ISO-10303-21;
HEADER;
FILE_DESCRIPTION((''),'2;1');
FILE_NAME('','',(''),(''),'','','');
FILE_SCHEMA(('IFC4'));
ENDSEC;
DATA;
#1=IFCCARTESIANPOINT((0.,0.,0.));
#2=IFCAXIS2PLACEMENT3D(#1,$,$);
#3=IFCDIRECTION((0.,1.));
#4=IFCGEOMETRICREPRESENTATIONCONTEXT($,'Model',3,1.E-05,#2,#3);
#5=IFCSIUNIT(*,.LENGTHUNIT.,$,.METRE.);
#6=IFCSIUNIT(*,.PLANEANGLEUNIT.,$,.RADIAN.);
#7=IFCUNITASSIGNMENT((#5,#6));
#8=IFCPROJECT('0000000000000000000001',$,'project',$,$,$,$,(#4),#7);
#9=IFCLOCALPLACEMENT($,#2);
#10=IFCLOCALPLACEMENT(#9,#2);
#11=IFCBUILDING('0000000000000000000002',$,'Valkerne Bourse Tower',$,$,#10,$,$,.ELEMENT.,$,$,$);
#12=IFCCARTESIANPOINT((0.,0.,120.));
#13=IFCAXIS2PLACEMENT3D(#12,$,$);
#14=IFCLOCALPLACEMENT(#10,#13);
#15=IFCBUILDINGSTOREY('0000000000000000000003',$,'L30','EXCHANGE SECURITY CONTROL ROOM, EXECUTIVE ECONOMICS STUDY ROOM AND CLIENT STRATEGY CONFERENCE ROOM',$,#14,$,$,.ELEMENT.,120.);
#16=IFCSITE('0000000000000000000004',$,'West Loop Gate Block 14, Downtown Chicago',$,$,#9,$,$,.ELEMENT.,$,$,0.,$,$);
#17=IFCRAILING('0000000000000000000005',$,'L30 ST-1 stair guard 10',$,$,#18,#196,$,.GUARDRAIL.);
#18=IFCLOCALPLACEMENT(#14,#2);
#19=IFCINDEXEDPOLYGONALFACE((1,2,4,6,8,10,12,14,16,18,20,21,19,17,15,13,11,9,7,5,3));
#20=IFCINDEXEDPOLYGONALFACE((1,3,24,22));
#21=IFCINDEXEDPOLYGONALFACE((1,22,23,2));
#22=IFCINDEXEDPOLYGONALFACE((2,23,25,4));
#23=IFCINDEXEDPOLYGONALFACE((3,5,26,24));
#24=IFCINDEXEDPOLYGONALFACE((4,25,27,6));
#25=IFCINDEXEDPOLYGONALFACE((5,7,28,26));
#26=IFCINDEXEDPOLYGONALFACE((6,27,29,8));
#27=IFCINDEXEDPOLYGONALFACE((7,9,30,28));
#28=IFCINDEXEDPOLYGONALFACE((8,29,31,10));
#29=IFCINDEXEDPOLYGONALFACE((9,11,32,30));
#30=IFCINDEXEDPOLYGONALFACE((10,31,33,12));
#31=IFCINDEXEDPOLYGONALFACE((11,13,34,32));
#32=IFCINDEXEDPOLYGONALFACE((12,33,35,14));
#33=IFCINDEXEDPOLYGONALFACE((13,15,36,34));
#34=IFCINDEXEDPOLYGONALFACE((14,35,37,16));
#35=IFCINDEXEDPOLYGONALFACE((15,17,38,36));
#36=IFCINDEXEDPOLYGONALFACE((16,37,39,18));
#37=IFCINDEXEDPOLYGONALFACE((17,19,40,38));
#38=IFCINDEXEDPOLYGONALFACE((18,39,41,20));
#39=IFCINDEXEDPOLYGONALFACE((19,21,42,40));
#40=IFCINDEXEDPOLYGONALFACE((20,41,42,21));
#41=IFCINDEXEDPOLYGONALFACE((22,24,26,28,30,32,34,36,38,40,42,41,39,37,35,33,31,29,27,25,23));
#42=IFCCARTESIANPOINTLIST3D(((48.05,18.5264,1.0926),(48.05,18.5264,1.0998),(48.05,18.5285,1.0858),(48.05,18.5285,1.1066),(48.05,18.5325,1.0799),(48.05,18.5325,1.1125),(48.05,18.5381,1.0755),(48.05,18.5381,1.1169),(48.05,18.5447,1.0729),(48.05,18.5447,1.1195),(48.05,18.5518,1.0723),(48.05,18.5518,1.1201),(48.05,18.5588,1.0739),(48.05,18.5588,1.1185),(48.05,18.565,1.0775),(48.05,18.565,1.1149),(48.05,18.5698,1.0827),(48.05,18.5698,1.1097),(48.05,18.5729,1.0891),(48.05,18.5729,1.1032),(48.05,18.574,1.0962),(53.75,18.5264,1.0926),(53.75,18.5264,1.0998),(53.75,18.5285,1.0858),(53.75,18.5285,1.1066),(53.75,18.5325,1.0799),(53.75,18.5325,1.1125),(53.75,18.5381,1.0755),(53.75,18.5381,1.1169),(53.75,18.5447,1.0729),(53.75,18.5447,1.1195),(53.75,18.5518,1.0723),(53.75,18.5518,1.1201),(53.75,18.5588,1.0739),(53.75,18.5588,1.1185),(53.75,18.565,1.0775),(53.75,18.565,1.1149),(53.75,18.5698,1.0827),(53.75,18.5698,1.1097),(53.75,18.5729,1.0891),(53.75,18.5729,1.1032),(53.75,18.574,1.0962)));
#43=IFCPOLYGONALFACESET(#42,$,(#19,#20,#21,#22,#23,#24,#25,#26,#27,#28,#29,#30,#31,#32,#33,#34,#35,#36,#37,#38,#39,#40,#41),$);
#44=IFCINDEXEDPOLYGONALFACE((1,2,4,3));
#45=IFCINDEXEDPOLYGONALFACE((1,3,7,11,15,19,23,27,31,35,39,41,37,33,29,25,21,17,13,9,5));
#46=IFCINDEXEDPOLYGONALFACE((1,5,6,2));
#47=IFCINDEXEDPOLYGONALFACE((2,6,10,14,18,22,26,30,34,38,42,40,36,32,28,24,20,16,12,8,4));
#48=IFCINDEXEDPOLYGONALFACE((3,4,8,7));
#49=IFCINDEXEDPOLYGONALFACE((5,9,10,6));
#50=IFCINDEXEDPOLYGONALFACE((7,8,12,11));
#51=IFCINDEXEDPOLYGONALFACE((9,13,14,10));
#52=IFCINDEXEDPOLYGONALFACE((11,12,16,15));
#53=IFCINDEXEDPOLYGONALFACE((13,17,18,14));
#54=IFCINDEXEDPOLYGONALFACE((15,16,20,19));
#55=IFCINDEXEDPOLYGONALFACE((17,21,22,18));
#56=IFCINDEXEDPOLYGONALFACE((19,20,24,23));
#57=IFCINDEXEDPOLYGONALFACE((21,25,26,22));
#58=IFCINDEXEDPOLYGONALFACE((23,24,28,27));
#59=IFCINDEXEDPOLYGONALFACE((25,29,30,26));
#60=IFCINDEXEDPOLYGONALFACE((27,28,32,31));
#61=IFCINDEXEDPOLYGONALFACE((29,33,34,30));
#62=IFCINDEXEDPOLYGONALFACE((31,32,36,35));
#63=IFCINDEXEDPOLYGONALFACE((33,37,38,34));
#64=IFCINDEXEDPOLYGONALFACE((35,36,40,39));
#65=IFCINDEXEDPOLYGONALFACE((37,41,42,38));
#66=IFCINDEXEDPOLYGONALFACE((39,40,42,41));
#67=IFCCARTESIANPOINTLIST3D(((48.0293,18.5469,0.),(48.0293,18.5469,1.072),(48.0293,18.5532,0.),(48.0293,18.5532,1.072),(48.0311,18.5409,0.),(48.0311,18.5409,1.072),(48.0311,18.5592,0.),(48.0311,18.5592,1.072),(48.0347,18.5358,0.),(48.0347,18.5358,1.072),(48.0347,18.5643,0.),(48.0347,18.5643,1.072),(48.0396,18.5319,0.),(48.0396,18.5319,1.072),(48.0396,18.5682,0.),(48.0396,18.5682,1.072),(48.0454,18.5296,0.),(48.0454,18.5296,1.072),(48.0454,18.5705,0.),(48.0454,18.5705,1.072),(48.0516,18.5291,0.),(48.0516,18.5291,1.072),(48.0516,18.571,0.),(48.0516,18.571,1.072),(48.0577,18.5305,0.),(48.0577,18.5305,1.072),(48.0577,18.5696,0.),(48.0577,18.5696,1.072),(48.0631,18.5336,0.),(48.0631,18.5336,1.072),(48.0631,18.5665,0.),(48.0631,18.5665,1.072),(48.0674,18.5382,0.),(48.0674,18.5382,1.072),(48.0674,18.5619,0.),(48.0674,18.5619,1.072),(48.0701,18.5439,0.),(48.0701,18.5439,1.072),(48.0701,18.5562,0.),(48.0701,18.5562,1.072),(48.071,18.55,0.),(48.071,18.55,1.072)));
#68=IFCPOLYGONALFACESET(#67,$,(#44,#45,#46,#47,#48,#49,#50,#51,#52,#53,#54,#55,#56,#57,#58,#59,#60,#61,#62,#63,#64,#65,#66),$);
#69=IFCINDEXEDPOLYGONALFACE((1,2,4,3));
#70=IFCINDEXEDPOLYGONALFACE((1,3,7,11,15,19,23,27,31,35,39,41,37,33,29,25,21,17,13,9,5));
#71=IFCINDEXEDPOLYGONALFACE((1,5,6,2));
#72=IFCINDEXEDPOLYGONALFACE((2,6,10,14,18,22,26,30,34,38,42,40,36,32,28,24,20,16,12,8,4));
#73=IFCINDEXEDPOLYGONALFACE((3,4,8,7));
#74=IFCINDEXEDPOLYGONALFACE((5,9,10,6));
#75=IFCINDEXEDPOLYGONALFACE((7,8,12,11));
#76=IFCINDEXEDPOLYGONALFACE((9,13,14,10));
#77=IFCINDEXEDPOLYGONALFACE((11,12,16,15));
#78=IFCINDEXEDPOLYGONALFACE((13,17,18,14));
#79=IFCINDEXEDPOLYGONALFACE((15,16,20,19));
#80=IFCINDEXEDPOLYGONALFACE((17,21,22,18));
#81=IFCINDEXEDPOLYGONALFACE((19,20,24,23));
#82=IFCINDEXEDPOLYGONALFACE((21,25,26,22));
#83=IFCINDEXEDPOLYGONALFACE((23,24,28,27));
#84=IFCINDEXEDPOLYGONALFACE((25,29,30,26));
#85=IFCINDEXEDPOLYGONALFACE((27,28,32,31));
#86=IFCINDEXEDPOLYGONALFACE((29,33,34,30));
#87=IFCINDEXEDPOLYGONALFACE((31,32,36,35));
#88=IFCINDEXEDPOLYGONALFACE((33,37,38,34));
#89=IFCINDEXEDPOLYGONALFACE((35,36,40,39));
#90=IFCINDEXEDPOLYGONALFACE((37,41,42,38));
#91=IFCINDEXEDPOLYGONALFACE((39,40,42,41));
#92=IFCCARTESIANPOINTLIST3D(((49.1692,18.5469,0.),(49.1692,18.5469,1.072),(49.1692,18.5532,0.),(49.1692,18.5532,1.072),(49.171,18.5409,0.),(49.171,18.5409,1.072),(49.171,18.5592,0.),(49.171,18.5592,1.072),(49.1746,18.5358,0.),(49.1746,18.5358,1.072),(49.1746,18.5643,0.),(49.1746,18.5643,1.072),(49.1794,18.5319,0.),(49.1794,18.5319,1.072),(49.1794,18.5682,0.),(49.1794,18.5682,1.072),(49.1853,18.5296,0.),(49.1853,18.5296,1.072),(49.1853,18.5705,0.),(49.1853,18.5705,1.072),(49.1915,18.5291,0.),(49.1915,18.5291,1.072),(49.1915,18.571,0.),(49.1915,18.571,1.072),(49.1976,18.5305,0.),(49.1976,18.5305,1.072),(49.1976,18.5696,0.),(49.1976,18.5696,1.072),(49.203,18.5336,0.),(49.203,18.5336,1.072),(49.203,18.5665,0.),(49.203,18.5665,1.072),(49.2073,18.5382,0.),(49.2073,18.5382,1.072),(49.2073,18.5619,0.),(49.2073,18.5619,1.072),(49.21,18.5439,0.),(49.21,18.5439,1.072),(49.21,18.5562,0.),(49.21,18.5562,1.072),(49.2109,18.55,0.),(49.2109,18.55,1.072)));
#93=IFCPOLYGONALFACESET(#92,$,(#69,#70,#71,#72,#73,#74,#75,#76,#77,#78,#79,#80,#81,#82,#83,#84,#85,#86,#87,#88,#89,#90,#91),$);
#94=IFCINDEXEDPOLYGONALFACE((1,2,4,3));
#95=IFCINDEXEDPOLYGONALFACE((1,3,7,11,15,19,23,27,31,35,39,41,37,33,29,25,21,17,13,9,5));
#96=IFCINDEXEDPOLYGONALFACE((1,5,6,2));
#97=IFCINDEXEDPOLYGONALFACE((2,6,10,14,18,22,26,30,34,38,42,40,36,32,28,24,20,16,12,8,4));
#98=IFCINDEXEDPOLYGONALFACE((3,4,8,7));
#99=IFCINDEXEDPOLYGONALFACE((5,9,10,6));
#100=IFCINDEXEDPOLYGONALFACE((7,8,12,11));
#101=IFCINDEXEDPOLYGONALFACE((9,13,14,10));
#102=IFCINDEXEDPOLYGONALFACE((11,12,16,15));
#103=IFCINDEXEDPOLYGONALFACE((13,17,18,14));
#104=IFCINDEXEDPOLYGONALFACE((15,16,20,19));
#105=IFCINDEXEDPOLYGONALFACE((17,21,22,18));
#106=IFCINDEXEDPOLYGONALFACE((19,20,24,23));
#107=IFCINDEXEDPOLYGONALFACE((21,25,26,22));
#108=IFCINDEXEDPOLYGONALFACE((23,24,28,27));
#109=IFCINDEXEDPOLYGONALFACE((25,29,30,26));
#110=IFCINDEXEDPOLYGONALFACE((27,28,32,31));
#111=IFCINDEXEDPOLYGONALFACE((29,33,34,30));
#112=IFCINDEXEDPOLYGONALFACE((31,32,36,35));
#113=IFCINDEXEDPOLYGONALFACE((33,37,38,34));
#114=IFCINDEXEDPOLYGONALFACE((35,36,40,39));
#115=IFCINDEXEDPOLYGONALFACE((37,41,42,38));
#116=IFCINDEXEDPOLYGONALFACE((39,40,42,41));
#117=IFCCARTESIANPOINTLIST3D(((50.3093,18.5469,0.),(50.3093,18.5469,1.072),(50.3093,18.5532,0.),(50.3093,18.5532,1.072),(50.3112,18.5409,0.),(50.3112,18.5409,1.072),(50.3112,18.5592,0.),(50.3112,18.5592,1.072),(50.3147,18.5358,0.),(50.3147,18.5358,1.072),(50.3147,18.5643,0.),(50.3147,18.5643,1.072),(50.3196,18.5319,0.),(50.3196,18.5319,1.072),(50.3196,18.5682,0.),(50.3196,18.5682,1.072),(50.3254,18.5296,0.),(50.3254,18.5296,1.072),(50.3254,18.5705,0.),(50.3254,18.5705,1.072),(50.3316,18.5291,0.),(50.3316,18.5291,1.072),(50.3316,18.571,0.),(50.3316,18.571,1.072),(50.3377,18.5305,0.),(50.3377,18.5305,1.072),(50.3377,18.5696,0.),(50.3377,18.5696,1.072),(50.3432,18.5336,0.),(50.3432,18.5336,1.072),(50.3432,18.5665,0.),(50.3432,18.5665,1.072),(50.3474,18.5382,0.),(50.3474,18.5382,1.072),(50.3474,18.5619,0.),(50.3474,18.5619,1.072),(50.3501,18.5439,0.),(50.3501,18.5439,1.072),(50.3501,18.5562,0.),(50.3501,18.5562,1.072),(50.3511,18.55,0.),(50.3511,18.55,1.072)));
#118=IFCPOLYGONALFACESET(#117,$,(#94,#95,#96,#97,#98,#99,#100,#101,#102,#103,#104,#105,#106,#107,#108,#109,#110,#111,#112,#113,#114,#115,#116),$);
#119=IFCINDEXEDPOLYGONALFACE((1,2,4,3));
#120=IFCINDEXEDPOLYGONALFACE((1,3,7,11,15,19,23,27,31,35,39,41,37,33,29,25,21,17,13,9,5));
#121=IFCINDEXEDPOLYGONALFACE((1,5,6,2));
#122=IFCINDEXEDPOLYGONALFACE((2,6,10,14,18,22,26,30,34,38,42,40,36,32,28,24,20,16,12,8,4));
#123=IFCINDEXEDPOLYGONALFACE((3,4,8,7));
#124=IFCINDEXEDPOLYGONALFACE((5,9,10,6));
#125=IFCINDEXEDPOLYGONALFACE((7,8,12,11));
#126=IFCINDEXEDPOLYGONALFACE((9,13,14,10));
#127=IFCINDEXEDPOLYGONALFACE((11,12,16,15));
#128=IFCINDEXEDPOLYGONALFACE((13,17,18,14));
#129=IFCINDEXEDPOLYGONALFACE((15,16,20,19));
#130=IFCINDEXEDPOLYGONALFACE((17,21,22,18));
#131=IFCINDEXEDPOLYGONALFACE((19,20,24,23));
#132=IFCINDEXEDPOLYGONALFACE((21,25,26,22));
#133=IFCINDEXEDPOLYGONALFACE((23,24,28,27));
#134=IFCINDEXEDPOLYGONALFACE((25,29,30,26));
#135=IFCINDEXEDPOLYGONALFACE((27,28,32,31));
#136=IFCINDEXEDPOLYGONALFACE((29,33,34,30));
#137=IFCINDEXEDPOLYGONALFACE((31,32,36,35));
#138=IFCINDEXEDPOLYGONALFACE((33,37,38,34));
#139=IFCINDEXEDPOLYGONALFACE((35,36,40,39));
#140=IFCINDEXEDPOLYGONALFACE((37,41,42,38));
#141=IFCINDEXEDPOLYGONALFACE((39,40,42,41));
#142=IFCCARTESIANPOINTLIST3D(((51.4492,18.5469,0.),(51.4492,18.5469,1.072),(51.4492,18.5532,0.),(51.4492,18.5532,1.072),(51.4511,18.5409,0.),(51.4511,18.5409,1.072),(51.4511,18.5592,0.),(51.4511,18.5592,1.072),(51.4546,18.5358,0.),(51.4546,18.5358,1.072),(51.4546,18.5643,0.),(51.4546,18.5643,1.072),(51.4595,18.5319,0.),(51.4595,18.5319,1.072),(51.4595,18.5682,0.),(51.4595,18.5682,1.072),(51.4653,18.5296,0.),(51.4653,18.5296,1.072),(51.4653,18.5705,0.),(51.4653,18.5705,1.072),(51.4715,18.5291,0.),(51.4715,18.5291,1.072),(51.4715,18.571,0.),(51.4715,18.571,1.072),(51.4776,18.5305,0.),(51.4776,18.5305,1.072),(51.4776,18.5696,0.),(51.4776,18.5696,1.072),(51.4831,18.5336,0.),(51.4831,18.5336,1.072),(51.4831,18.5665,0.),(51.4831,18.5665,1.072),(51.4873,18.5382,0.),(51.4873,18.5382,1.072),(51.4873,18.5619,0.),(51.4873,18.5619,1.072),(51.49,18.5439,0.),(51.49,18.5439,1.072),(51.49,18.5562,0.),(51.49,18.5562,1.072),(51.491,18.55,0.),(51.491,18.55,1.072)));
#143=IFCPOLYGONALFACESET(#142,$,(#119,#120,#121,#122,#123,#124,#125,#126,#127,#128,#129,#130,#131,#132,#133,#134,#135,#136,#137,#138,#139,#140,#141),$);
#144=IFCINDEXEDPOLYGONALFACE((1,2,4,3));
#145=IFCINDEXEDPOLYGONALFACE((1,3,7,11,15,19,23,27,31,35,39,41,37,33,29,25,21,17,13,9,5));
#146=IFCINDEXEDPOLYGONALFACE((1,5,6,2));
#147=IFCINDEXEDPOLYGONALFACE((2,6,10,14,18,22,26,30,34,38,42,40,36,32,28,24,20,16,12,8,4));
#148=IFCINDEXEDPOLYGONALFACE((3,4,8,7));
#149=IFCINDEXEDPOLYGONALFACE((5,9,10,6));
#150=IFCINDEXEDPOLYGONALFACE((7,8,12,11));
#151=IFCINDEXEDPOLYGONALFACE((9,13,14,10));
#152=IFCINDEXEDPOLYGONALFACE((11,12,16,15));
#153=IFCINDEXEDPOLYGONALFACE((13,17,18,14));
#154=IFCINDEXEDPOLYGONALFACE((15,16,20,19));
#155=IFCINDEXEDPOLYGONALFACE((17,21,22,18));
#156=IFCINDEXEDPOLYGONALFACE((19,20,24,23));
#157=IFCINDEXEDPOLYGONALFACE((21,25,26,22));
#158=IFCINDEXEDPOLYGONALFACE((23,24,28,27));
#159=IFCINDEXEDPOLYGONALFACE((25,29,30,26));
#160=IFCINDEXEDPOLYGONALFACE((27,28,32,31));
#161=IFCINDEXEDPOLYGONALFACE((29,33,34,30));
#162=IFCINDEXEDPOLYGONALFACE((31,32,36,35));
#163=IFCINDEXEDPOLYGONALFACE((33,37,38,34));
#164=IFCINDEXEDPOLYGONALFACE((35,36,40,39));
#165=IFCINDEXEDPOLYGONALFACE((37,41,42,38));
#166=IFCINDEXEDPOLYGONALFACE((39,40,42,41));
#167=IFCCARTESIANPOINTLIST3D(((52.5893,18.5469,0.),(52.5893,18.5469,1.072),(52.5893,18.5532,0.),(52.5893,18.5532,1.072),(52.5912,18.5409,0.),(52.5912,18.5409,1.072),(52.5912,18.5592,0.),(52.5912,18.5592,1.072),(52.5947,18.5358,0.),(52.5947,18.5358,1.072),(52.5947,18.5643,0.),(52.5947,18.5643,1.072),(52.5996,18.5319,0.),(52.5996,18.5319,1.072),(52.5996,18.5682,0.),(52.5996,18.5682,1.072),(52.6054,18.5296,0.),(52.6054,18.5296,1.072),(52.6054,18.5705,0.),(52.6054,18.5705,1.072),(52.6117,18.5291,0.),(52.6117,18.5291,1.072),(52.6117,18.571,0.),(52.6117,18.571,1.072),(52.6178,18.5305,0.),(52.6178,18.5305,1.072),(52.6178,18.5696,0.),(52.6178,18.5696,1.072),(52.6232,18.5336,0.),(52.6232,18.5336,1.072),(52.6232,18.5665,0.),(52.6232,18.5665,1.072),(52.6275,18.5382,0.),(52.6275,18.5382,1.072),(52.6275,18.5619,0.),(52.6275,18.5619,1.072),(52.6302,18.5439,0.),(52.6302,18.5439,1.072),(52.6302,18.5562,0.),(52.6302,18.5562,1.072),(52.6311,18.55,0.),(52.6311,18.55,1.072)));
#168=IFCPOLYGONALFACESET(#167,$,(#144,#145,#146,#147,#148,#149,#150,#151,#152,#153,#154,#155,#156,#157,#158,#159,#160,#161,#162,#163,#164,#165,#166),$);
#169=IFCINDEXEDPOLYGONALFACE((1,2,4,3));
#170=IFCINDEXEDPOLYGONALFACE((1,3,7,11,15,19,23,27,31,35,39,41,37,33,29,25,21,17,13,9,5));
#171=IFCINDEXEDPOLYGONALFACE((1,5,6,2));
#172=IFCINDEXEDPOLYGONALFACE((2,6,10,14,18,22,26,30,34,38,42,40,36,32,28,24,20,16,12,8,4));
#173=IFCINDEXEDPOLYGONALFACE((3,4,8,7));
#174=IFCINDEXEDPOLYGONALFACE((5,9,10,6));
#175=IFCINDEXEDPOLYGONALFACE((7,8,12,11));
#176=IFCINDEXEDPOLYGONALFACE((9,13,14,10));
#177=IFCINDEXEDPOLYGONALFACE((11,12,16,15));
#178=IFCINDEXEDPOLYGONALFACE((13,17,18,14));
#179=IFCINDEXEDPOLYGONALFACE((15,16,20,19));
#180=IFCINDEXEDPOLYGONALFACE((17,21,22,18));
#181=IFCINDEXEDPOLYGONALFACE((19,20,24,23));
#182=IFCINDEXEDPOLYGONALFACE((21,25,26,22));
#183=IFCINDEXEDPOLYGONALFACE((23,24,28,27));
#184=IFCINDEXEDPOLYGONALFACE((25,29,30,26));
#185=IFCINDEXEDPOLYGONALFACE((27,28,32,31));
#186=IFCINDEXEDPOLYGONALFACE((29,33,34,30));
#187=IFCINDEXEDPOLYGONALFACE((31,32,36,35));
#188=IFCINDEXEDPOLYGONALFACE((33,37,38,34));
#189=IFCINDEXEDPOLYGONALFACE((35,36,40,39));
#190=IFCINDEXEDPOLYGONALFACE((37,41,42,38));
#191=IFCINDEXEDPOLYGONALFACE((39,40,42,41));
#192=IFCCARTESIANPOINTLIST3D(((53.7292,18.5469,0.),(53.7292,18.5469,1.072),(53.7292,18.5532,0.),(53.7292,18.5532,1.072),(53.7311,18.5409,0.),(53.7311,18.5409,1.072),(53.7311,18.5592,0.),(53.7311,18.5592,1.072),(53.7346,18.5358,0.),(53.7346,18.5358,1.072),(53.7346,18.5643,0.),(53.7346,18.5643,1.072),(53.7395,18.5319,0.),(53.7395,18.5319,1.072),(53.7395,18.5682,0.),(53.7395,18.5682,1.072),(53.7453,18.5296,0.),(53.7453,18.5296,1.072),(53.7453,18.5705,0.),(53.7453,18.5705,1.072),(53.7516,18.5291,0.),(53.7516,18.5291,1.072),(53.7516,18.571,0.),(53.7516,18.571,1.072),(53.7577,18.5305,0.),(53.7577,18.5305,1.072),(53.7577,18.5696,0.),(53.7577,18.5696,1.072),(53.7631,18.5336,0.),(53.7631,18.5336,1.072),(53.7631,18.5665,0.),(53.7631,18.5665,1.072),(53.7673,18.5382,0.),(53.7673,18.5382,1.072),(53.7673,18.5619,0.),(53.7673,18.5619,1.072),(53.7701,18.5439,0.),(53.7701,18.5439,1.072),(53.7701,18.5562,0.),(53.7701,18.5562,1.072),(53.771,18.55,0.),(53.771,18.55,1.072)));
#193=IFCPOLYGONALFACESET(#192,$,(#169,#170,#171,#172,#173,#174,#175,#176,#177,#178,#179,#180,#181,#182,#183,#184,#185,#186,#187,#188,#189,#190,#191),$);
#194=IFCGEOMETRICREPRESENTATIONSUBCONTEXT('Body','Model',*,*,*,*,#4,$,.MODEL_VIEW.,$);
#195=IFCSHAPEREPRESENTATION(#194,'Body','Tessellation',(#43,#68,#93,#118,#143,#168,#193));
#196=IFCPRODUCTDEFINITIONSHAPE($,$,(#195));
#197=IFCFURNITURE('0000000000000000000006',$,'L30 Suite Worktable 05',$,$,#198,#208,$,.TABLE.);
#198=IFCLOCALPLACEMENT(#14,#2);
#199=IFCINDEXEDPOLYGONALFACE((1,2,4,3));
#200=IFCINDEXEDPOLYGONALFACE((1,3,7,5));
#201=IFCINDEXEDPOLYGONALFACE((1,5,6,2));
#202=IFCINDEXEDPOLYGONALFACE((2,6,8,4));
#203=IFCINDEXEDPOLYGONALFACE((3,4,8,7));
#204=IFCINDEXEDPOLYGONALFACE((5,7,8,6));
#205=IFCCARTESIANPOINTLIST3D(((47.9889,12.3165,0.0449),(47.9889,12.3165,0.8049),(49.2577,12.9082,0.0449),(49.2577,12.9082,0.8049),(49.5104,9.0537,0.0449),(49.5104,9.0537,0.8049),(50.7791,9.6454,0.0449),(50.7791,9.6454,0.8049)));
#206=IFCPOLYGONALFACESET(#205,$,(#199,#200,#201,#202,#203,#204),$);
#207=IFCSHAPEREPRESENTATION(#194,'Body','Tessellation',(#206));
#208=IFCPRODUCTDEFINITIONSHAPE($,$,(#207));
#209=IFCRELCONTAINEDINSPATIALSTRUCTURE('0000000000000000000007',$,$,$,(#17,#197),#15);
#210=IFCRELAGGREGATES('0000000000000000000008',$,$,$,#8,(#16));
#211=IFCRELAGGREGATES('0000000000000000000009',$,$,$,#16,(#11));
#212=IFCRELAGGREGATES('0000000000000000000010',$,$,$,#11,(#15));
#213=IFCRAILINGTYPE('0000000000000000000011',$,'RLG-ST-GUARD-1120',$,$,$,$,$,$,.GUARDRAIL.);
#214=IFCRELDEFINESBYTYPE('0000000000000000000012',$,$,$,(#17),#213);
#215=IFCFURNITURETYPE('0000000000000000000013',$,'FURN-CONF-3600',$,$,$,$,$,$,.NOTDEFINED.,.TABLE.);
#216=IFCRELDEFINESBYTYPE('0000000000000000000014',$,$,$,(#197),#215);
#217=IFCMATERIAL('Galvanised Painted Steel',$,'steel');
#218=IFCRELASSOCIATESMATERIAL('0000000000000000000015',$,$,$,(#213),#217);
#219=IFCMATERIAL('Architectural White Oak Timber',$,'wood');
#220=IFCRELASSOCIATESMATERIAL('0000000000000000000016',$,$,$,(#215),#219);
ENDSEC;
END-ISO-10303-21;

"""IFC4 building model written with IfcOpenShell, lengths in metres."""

from ifc_helpers import new_model, si_unit, direction, frame, origin, origin_2d, place, context, subcontext, project, spatial, rectangle, circle, extrude, material, type_object, element, save


model = new_model("IFC4")

# Units and contexts
model_context = context("Model", 3, precision=1e-05, world=origin(), true_north=direction((0.0, 1.0)))
body_context = subcontext(model_context, "Body", "Model", "MODEL_VIEW")
ifc_project = project(units=[si_unit("LENGTHUNIT", "METRE"), si_unit("PLANEANGLEUNIT", "RADIAN")], contexts=[model_context])

# Site, building, storey
site_placement = place(None, origin())
site = spatial("IfcSite", under=ifc_project, at=site_placement, Name="West Loop Gate Block 14, Downtown Chicago", CompositionType="ELEMENT", RefElevation=0.0)
building_placement = place(site_placement, origin())
building = spatial("IfcBuilding", under=site, at=building_placement, Name="Valkerne Bourse Tower", CompositionType="ELEMENT")
storey_placement = place(building_placement, frame((0.0, 0.0, 120.0)))
storey = spatial("IfcBuildingStorey", under=building, at=storey_placement, Name="L30", Description="EXCHANGE SECURITY CONTROL ROOM, EXECUTIVE ECONOMICS STUDY ROOM AND CLIENT STRATEGY CONFERENCE ROOM", CompositionType="ELEMENT", Elevation=120.0)

# Railing
ifc_material_1 = material(Name="Galvanised Painted Steel", Category="steel")
railing_type = type_object("IfcRailingType", Name="RLG-ST-GUARD-1120", PredefinedType="GUARDRAIL", material=ifc_material_1)
railing_placement = place(storey_placement, frame((48.05, 18.55, 0.0)))
element("IfcRailing", 1, at=railing_placement, inside=storey, type_object=railing_type, Name="L30 ST-1 stair guard 10", PredefinedType="GUARDRAIL", context=body_context, shape_type="SweptSolid", body=[
    extrude(circle(Radius=0.0239, at=origin_2d()), frame((0.0, 0.0, 1.0962), z_axis=(1.0, 0.0, 0.0), x_axis=(0.0, 1.0, 0.0)), (0.0, 0.0, 1.0), 5.7),
    extrude(circle(Radius=0.021, at=origin_2d()), origin(), (0.0, 0.0, 1.0), 1.072),
    extrude(circle(Radius=0.021, at=origin_2d()), frame((1.1399, 0.0, 0.0)), (0.0, 0.0, 1.0), 1.072),
    extrude(circle(Radius=0.021, at=origin_2d()), frame((2.28, 0.0, 0.0)), (0.0, 0.0, 1.0), 1.072),
    extrude(circle(Radius=0.021, at=origin_2d()), frame((3.4199, 0.0, 0.0)), (0.0, 0.0, 1.0), 1.072),
    extrude(circle(Radius=0.021, at=origin_2d()), frame((4.5601, 0.0, 0.0)), (0.0, 0.0, 1.0), 1.072),
    extrude(circle(Radius=0.021, at=origin_2d()), frame((5.7, 0.0, 0.0)), (0.0, 0.0, 1.0), 1.072),
])

# Furniture
ifc_material_2 = material(Name="Architectural White Oak Timber", Category="wood")
furniture_type_1 = type_object("IfcFurnitureType", Name="FURN-CONF-3600", AssemblyPlace="NOTDEFINED", PredefinedType="TABLE", material=ifc_material_2)
furniture_1_placement = place(storey_placement, frame((49.384, 10.981, 0.0449), z_axis=(0.0, 0.0, 1.0), x_axis=(-0.422618, 0.906308, 0.0)))
element("IfcFurniture", 2, at=furniture_1_placement, inside=storey, type_object=furniture_type_1, Name="L30 Suite Worktable 05", PredefinedType="TABLE", context=body_context, shape_type="SweptSolid", body=[
    extrude(rectangle(XDim=3.6001, YDim=1.3999, at=origin_2d()), origin(), (0.0, 0.0, 1.0), 0.76),
])

save(model, "model.ifc")
